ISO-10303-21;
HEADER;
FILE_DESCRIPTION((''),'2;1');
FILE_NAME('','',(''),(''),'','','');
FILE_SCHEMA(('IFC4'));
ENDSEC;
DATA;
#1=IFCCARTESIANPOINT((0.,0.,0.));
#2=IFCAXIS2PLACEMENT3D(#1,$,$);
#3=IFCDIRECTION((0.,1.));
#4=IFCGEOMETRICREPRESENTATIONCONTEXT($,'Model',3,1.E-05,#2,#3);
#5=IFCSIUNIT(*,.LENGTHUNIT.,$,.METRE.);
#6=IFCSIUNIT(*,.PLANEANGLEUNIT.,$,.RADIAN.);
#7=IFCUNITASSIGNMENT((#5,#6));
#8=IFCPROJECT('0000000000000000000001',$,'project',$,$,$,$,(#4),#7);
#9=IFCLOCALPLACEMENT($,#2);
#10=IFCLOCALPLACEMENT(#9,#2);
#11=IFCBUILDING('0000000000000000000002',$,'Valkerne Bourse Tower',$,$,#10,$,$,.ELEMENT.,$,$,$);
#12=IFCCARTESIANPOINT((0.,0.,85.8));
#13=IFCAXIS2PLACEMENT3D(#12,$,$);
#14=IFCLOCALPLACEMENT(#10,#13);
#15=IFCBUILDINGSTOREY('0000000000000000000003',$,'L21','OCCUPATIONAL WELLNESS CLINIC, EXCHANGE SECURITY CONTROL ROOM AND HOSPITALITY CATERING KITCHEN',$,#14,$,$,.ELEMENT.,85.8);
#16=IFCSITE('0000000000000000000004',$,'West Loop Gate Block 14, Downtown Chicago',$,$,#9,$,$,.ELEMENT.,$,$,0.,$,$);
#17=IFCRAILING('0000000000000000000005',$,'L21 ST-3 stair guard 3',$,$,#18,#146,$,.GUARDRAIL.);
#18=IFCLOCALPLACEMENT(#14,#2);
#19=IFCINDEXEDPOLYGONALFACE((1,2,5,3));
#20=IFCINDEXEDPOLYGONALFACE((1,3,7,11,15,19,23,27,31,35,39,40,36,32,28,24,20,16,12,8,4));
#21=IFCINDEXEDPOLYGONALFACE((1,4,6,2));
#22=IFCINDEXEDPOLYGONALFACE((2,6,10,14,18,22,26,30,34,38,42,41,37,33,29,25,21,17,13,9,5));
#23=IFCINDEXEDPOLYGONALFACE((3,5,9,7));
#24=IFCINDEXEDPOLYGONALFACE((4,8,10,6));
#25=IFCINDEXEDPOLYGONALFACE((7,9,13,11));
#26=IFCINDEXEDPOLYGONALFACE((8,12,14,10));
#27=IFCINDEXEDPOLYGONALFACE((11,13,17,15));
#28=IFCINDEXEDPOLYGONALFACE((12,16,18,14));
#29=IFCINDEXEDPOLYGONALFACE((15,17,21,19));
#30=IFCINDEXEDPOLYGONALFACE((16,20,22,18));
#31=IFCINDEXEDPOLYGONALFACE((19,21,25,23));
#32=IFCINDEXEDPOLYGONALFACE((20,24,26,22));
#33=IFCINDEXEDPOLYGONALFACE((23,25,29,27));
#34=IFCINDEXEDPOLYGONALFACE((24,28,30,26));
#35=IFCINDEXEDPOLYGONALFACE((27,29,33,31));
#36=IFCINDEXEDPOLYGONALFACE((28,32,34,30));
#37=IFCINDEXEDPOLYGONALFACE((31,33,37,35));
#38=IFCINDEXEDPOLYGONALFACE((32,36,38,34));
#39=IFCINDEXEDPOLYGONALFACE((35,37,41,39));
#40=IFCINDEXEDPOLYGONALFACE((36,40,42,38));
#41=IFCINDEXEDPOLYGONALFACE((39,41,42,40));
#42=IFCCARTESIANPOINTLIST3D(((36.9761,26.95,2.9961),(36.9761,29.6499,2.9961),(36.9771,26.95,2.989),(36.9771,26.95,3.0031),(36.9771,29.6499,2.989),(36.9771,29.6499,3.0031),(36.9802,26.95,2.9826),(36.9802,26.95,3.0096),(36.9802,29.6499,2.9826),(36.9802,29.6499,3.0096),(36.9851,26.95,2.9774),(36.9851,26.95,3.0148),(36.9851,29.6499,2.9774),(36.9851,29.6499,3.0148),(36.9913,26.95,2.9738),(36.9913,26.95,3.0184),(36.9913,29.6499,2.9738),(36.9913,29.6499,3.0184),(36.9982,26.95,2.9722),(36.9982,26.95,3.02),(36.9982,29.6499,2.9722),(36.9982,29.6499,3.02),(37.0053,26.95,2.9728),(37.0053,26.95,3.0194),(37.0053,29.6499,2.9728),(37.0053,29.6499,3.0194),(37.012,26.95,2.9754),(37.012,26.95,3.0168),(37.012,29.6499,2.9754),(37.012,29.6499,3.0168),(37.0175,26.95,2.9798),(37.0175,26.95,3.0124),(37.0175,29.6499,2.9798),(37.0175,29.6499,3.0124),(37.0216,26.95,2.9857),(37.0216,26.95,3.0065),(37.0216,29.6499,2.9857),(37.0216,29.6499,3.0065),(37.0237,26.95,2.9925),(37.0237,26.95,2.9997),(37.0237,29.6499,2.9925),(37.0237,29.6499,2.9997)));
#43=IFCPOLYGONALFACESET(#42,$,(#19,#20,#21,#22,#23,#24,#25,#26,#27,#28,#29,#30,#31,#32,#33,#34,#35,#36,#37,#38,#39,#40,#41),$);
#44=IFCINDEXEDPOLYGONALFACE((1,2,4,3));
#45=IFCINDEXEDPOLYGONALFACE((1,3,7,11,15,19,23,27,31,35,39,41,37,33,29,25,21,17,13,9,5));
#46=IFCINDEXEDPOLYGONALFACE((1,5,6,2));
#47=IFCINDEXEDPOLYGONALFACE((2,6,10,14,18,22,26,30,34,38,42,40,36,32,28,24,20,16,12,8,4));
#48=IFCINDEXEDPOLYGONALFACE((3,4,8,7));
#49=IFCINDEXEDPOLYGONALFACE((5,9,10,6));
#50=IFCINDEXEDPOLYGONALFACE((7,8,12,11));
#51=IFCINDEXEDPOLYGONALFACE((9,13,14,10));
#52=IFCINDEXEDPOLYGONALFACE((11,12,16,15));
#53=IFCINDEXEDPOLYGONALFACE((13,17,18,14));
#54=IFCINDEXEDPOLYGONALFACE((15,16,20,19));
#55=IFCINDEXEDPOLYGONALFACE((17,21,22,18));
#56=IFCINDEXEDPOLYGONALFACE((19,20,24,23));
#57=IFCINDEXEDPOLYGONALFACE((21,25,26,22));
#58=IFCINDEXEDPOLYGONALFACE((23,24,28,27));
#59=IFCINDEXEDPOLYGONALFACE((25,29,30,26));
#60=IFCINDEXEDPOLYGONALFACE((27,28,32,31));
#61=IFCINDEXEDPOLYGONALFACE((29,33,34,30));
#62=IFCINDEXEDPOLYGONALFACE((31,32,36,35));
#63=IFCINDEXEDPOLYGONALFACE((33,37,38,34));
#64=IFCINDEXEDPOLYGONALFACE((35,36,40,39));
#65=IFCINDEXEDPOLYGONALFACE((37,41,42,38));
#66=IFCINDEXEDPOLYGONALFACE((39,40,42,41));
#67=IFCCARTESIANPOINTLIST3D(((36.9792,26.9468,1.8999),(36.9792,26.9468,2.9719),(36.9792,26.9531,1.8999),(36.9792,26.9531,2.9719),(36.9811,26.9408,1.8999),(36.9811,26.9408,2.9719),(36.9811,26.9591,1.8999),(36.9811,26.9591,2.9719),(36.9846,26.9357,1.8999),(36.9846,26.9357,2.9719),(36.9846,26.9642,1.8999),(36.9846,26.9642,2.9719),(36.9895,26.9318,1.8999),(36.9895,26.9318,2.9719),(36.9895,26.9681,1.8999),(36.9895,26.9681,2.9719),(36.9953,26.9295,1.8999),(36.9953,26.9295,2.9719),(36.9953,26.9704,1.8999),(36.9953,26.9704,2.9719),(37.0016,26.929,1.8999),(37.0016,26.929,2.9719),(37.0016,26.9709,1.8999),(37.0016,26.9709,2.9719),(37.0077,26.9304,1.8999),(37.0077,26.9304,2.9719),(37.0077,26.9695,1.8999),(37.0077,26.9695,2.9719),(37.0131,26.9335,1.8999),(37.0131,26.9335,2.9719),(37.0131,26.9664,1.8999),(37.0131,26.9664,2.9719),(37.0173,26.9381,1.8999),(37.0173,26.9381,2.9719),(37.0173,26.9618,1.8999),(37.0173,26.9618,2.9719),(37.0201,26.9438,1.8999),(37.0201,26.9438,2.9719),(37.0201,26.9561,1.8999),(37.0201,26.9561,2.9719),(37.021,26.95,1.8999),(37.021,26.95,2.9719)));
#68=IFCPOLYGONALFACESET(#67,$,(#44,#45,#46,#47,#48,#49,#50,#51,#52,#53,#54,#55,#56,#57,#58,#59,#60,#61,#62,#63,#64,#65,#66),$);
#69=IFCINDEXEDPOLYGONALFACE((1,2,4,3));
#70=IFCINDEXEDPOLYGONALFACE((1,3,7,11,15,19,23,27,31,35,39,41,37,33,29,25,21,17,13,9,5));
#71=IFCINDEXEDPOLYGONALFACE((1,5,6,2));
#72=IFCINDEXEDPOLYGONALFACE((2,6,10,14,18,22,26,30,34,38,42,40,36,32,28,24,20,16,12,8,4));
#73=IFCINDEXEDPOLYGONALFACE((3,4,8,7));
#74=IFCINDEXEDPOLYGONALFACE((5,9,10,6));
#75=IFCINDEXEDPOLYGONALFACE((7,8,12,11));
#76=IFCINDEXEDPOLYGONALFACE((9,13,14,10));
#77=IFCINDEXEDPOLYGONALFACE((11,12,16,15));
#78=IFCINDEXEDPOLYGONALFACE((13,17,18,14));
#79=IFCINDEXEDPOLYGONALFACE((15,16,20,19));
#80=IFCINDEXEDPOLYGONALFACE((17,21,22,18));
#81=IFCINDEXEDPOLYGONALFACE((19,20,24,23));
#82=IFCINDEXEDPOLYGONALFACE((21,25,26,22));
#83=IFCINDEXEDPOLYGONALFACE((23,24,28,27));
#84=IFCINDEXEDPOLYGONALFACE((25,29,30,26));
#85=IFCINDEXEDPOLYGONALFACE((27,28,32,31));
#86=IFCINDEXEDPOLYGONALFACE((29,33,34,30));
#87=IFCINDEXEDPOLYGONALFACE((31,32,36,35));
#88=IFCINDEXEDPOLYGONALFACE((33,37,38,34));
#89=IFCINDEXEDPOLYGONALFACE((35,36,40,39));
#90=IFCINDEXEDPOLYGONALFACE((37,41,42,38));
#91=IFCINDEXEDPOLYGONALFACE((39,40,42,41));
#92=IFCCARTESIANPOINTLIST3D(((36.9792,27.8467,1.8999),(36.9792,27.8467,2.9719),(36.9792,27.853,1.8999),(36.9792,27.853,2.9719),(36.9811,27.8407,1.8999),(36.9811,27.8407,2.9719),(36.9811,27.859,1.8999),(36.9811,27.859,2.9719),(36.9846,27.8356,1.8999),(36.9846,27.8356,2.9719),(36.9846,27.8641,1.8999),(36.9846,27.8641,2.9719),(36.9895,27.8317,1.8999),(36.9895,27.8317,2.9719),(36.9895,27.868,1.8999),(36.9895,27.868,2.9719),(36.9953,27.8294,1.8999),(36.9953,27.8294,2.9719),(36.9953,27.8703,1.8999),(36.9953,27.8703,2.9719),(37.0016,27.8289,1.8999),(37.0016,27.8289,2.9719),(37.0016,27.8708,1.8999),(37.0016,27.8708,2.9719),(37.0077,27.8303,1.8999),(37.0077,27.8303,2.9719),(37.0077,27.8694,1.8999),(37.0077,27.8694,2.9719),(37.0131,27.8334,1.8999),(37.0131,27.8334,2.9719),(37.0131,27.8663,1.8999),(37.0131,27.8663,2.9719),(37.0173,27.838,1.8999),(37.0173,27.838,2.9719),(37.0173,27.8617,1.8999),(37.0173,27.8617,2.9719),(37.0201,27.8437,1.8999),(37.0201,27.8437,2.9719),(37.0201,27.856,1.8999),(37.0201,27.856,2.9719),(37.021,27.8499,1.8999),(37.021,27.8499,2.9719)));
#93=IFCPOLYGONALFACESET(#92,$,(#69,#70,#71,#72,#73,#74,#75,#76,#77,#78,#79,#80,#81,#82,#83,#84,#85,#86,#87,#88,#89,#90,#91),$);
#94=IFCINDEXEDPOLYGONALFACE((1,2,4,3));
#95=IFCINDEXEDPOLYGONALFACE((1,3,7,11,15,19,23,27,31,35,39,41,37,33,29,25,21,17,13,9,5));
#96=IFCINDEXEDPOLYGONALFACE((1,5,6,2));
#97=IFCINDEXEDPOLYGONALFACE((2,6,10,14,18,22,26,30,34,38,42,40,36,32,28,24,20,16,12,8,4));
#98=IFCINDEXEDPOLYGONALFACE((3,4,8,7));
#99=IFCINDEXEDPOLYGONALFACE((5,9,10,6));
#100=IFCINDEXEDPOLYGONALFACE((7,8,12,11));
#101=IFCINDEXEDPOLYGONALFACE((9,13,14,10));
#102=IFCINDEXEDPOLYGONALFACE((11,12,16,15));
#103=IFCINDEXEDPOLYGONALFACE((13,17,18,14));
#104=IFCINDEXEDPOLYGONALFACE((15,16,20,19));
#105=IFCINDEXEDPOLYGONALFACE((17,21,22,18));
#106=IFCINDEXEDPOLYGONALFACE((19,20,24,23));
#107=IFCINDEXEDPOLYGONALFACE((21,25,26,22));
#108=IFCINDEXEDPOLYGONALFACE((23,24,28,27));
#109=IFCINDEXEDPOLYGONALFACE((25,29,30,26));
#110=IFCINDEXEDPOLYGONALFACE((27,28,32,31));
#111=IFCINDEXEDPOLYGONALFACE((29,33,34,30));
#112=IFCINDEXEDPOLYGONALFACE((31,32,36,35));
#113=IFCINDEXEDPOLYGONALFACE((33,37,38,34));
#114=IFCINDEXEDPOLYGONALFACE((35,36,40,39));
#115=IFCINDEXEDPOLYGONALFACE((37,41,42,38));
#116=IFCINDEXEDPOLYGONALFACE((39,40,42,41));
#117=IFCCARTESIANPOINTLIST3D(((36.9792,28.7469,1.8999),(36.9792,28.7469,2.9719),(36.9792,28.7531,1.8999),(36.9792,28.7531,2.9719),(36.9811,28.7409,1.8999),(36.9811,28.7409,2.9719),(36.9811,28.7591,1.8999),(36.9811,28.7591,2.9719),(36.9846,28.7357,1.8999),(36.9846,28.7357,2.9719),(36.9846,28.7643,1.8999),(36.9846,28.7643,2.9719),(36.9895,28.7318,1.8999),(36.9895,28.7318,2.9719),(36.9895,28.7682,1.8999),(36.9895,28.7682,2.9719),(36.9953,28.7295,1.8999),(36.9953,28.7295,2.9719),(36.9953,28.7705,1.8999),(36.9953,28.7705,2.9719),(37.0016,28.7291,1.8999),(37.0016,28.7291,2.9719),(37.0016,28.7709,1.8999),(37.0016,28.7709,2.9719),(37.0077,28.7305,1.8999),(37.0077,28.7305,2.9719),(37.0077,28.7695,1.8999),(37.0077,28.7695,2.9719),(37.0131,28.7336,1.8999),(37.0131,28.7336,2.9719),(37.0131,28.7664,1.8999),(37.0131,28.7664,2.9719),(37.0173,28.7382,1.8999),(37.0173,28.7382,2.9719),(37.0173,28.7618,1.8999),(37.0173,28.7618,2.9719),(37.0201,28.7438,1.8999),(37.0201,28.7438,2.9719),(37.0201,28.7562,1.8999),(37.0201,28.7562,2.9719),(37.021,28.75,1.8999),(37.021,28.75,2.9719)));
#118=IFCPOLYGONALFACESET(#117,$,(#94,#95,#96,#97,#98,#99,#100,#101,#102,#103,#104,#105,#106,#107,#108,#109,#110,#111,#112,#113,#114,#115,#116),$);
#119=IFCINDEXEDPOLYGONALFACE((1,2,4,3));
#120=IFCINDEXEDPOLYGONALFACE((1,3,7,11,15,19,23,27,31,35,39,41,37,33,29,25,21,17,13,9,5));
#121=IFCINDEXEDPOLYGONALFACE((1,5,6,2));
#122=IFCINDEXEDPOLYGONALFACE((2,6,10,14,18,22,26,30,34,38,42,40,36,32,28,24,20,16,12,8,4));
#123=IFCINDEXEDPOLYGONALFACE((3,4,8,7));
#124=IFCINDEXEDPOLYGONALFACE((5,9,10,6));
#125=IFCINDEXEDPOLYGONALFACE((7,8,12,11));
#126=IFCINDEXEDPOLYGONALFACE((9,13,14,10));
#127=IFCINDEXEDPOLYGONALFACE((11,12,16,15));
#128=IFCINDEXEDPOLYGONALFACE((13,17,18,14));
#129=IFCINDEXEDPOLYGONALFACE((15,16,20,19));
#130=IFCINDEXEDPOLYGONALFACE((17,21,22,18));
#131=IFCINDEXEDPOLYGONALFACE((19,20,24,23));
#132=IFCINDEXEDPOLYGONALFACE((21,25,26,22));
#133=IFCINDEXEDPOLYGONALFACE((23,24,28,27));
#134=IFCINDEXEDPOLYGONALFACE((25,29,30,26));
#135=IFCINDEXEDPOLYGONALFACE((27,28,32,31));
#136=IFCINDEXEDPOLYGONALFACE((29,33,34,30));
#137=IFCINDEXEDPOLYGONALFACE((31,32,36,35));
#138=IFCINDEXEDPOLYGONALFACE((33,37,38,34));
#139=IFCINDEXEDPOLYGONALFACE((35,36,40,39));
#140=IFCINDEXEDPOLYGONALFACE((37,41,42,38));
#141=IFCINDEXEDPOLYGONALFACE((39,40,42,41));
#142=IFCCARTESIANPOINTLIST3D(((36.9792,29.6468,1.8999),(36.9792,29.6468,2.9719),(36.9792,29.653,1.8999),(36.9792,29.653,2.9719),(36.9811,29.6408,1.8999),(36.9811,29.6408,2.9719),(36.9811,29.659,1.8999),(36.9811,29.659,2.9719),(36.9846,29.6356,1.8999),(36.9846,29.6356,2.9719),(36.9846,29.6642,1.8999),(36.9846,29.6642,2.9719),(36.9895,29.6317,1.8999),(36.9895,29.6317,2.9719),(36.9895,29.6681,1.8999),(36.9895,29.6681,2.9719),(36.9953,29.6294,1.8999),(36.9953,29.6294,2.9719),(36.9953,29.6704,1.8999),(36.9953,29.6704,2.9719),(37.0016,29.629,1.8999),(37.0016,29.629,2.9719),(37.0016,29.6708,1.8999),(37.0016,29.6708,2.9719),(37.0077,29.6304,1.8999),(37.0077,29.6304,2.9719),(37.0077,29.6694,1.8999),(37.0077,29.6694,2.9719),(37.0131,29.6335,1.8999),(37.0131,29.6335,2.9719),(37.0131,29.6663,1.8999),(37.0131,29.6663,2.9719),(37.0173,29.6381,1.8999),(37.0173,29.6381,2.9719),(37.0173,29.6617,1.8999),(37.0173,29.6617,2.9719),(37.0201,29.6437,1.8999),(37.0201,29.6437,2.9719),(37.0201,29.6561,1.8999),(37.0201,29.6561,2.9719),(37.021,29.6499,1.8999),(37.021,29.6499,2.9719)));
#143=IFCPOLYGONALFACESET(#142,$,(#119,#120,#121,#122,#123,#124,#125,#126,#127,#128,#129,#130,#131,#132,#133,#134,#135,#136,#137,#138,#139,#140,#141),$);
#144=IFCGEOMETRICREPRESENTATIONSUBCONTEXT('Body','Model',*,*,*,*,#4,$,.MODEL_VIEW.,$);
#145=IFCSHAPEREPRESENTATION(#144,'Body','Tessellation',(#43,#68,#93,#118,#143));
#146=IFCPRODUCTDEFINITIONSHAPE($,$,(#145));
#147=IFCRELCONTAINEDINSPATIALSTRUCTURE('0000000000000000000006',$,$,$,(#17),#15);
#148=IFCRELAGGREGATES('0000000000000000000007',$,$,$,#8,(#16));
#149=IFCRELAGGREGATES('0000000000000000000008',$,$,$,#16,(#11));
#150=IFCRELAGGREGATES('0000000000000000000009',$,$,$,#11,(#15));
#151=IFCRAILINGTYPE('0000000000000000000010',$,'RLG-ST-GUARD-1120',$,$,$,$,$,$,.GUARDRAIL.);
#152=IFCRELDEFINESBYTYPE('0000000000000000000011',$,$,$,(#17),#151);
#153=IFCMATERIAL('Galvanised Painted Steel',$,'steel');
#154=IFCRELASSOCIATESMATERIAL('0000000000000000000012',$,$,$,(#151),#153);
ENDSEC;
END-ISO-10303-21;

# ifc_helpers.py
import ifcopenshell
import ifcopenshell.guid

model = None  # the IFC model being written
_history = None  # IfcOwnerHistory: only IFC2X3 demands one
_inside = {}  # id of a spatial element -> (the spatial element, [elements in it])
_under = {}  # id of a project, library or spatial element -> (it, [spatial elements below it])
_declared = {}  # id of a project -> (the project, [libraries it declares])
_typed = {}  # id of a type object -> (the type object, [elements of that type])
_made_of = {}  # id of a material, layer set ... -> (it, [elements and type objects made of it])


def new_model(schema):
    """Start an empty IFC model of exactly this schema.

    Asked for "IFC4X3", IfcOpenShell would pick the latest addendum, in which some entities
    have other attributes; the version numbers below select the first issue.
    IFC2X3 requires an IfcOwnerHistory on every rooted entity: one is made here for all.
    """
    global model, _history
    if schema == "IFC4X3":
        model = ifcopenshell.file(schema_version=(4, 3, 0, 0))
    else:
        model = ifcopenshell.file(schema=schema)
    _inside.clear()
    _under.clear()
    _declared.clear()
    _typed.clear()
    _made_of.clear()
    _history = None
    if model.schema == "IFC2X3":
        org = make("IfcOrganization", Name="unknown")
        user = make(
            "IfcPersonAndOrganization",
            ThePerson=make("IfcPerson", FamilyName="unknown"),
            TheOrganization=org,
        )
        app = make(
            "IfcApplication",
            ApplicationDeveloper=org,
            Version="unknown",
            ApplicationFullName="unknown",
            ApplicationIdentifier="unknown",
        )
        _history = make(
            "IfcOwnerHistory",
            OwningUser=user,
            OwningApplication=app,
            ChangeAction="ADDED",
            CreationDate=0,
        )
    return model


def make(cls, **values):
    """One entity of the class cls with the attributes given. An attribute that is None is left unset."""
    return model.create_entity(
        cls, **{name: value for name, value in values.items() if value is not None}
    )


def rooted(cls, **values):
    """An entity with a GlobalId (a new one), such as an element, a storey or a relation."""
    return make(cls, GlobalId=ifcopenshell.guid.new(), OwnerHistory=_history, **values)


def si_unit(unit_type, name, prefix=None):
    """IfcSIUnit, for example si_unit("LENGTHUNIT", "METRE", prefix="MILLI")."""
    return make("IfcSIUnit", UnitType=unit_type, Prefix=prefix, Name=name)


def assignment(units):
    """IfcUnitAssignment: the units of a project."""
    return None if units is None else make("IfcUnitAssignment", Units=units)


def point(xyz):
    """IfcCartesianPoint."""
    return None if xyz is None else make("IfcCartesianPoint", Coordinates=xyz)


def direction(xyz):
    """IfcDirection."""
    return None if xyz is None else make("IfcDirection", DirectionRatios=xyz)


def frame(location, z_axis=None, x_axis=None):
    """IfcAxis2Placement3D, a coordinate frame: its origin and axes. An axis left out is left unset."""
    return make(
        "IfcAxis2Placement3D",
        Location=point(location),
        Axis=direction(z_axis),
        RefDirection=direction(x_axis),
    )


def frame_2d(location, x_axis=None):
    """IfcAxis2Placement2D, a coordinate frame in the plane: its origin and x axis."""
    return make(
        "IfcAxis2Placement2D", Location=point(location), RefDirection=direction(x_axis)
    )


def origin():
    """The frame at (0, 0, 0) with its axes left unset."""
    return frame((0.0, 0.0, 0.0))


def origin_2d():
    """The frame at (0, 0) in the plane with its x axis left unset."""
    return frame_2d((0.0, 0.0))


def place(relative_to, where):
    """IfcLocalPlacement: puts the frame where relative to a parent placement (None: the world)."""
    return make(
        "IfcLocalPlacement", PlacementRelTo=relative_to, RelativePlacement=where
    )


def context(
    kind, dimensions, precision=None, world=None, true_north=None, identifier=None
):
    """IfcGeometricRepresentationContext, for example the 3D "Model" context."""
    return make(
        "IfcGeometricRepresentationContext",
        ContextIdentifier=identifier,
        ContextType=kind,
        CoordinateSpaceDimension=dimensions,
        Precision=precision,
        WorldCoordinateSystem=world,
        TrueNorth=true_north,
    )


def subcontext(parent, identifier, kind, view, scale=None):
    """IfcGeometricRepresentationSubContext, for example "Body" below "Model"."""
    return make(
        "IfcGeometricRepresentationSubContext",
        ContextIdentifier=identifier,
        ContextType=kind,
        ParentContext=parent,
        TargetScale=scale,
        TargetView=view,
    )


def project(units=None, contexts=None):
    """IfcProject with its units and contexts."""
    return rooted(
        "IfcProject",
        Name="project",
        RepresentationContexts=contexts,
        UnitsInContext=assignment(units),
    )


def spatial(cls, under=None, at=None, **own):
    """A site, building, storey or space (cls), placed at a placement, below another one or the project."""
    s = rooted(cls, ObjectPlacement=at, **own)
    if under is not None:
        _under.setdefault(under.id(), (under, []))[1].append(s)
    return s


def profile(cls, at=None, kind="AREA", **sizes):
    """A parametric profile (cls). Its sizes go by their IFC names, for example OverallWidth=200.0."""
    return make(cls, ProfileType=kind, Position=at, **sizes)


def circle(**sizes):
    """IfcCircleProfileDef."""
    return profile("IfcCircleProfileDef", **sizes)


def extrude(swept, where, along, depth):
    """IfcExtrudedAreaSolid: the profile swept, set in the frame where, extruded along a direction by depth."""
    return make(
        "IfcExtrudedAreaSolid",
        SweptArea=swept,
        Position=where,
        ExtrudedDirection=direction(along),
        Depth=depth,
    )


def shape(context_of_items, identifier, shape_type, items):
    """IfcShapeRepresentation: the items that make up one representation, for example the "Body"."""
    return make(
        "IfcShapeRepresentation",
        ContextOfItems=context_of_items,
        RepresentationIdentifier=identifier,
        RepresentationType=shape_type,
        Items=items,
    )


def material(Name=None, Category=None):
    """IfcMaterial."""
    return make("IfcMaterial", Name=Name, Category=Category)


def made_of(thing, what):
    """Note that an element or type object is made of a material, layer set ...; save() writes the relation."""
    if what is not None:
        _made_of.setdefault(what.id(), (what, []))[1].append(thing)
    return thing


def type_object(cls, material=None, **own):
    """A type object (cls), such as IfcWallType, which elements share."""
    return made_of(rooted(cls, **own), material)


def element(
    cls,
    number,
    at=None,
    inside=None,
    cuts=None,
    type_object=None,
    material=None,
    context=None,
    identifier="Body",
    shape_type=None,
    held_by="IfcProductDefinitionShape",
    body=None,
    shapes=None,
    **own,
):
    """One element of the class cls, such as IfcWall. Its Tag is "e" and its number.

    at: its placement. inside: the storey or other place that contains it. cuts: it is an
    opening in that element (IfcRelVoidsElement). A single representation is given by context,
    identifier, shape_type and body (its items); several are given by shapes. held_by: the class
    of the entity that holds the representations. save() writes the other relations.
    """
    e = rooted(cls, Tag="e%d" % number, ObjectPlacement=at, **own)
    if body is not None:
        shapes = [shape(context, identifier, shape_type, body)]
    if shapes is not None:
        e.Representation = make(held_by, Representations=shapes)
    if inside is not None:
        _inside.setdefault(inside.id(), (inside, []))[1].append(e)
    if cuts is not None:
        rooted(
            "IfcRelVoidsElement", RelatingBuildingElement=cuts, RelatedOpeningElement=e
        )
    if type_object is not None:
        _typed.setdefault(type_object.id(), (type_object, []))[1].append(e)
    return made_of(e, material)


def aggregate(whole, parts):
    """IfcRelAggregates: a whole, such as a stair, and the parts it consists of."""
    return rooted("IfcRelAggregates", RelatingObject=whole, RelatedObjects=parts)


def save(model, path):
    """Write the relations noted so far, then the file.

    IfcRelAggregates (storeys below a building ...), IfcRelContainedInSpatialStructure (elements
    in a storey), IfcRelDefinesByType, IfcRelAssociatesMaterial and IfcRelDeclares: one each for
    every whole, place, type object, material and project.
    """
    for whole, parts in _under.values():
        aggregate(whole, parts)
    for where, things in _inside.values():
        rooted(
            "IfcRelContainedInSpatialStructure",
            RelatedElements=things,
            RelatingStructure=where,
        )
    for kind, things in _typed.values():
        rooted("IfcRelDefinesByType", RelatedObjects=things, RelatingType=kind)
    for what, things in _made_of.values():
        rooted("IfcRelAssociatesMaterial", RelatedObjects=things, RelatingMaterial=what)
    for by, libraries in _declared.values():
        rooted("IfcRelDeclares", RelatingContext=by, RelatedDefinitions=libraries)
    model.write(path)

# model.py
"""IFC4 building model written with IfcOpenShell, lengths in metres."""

from ifc_helpers import new_model, si_unit, direction, frame, origin, origin_2d, place, context, subcontext, project, spatial, circle, extrude, material, type_object, element, save


model = new_model("IFC4")

# Units and contexts
model_context = context("Model", 3, precision=1e-05, world=origin(), true_north=direction((0.0, 1.0)))
body_context = subcontext(model_context, "Body", "Model", "MODEL_VIEW")
ifc_project = project(units=[si_unit("LENGTHUNIT", "METRE"), si_unit("PLANEANGLEUNIT", "RADIAN")], contexts=[model_context])

# Site, building, storey
site_placement = place(None, origin())
site = spatial("IfcSite", under=ifc_project, at=site_placement, Name="West Loop Gate Block 14, Downtown Chicago", CompositionType="ELEMENT", RefElevation=0.0)
building_placement = place(site_placement, origin())
building = spatial("IfcBuilding", under=site, at=building_placement, Name="Valkerne Bourse Tower", CompositionType="ELEMENT")
storey_placement = place(building_placement, frame((0.0, 0.0, 85.8)))
storey = spatial("IfcBuildingStorey", under=building, at=storey_placement, Name="L21", Description="OCCUPATIONAL WELLNESS CLINIC, EXCHANGE SECURITY CONTROL ROOM AND HOSPITALITY CATERING KITCHEN", CompositionType="ELEMENT", Elevation=85.8)

# Railing
ifc_material_1 = material(Name="Galvanised Painted Steel", Category="steel")
railing_type_1 = type_object("IfcRailingType", Name="RLG-ST-GUARD-1120", PredefinedType="GUARDRAIL", material=ifc_material_1)
for number, where, name in (
    (1, (37.0, 26.95, 1.8999), "L21 ST-3 stair guard 3"),
):
    element("IfcRailing", number, at=place(storey_placement, frame(where)), inside=storey, type_object=railing_type_1, Name=name, PredefinedType="GUARDRAIL", context=body_context, shape_type="SweptSolid", body=[
        extrude(circle(Radius=0.0239, at=origin_2d()), frame((0.0, 0.0, 1.0962), z_axis=(0.0, 1.0, 0.0), x_axis=(-1.0, 0.0, 0.0)), (0.0, 0.0, 1.0), 2.7),
        extrude(circle(Radius=0.021, at=origin_2d()), origin(), (0.0, 0.0, 1.0), 1.072),
        extrude(circle(Radius=0.021, at=origin_2d()), frame((0.0, 0.8999, 0.0)), (0.0, 0.0, 1.0), 1.072),
        extrude(circle(Radius=0.021, at=origin_2d()), frame((0.0, 1.8, 0.0)), (0.0, 0.0, 1.0), 1.072),
        extrude(circle(Radius=0.021, at=origin_2d()), frame((0.0, 2.7, 0.0)), (0.0, 0.0, 1.0), 1.072),
    ])

save(model, "model.ifc")
